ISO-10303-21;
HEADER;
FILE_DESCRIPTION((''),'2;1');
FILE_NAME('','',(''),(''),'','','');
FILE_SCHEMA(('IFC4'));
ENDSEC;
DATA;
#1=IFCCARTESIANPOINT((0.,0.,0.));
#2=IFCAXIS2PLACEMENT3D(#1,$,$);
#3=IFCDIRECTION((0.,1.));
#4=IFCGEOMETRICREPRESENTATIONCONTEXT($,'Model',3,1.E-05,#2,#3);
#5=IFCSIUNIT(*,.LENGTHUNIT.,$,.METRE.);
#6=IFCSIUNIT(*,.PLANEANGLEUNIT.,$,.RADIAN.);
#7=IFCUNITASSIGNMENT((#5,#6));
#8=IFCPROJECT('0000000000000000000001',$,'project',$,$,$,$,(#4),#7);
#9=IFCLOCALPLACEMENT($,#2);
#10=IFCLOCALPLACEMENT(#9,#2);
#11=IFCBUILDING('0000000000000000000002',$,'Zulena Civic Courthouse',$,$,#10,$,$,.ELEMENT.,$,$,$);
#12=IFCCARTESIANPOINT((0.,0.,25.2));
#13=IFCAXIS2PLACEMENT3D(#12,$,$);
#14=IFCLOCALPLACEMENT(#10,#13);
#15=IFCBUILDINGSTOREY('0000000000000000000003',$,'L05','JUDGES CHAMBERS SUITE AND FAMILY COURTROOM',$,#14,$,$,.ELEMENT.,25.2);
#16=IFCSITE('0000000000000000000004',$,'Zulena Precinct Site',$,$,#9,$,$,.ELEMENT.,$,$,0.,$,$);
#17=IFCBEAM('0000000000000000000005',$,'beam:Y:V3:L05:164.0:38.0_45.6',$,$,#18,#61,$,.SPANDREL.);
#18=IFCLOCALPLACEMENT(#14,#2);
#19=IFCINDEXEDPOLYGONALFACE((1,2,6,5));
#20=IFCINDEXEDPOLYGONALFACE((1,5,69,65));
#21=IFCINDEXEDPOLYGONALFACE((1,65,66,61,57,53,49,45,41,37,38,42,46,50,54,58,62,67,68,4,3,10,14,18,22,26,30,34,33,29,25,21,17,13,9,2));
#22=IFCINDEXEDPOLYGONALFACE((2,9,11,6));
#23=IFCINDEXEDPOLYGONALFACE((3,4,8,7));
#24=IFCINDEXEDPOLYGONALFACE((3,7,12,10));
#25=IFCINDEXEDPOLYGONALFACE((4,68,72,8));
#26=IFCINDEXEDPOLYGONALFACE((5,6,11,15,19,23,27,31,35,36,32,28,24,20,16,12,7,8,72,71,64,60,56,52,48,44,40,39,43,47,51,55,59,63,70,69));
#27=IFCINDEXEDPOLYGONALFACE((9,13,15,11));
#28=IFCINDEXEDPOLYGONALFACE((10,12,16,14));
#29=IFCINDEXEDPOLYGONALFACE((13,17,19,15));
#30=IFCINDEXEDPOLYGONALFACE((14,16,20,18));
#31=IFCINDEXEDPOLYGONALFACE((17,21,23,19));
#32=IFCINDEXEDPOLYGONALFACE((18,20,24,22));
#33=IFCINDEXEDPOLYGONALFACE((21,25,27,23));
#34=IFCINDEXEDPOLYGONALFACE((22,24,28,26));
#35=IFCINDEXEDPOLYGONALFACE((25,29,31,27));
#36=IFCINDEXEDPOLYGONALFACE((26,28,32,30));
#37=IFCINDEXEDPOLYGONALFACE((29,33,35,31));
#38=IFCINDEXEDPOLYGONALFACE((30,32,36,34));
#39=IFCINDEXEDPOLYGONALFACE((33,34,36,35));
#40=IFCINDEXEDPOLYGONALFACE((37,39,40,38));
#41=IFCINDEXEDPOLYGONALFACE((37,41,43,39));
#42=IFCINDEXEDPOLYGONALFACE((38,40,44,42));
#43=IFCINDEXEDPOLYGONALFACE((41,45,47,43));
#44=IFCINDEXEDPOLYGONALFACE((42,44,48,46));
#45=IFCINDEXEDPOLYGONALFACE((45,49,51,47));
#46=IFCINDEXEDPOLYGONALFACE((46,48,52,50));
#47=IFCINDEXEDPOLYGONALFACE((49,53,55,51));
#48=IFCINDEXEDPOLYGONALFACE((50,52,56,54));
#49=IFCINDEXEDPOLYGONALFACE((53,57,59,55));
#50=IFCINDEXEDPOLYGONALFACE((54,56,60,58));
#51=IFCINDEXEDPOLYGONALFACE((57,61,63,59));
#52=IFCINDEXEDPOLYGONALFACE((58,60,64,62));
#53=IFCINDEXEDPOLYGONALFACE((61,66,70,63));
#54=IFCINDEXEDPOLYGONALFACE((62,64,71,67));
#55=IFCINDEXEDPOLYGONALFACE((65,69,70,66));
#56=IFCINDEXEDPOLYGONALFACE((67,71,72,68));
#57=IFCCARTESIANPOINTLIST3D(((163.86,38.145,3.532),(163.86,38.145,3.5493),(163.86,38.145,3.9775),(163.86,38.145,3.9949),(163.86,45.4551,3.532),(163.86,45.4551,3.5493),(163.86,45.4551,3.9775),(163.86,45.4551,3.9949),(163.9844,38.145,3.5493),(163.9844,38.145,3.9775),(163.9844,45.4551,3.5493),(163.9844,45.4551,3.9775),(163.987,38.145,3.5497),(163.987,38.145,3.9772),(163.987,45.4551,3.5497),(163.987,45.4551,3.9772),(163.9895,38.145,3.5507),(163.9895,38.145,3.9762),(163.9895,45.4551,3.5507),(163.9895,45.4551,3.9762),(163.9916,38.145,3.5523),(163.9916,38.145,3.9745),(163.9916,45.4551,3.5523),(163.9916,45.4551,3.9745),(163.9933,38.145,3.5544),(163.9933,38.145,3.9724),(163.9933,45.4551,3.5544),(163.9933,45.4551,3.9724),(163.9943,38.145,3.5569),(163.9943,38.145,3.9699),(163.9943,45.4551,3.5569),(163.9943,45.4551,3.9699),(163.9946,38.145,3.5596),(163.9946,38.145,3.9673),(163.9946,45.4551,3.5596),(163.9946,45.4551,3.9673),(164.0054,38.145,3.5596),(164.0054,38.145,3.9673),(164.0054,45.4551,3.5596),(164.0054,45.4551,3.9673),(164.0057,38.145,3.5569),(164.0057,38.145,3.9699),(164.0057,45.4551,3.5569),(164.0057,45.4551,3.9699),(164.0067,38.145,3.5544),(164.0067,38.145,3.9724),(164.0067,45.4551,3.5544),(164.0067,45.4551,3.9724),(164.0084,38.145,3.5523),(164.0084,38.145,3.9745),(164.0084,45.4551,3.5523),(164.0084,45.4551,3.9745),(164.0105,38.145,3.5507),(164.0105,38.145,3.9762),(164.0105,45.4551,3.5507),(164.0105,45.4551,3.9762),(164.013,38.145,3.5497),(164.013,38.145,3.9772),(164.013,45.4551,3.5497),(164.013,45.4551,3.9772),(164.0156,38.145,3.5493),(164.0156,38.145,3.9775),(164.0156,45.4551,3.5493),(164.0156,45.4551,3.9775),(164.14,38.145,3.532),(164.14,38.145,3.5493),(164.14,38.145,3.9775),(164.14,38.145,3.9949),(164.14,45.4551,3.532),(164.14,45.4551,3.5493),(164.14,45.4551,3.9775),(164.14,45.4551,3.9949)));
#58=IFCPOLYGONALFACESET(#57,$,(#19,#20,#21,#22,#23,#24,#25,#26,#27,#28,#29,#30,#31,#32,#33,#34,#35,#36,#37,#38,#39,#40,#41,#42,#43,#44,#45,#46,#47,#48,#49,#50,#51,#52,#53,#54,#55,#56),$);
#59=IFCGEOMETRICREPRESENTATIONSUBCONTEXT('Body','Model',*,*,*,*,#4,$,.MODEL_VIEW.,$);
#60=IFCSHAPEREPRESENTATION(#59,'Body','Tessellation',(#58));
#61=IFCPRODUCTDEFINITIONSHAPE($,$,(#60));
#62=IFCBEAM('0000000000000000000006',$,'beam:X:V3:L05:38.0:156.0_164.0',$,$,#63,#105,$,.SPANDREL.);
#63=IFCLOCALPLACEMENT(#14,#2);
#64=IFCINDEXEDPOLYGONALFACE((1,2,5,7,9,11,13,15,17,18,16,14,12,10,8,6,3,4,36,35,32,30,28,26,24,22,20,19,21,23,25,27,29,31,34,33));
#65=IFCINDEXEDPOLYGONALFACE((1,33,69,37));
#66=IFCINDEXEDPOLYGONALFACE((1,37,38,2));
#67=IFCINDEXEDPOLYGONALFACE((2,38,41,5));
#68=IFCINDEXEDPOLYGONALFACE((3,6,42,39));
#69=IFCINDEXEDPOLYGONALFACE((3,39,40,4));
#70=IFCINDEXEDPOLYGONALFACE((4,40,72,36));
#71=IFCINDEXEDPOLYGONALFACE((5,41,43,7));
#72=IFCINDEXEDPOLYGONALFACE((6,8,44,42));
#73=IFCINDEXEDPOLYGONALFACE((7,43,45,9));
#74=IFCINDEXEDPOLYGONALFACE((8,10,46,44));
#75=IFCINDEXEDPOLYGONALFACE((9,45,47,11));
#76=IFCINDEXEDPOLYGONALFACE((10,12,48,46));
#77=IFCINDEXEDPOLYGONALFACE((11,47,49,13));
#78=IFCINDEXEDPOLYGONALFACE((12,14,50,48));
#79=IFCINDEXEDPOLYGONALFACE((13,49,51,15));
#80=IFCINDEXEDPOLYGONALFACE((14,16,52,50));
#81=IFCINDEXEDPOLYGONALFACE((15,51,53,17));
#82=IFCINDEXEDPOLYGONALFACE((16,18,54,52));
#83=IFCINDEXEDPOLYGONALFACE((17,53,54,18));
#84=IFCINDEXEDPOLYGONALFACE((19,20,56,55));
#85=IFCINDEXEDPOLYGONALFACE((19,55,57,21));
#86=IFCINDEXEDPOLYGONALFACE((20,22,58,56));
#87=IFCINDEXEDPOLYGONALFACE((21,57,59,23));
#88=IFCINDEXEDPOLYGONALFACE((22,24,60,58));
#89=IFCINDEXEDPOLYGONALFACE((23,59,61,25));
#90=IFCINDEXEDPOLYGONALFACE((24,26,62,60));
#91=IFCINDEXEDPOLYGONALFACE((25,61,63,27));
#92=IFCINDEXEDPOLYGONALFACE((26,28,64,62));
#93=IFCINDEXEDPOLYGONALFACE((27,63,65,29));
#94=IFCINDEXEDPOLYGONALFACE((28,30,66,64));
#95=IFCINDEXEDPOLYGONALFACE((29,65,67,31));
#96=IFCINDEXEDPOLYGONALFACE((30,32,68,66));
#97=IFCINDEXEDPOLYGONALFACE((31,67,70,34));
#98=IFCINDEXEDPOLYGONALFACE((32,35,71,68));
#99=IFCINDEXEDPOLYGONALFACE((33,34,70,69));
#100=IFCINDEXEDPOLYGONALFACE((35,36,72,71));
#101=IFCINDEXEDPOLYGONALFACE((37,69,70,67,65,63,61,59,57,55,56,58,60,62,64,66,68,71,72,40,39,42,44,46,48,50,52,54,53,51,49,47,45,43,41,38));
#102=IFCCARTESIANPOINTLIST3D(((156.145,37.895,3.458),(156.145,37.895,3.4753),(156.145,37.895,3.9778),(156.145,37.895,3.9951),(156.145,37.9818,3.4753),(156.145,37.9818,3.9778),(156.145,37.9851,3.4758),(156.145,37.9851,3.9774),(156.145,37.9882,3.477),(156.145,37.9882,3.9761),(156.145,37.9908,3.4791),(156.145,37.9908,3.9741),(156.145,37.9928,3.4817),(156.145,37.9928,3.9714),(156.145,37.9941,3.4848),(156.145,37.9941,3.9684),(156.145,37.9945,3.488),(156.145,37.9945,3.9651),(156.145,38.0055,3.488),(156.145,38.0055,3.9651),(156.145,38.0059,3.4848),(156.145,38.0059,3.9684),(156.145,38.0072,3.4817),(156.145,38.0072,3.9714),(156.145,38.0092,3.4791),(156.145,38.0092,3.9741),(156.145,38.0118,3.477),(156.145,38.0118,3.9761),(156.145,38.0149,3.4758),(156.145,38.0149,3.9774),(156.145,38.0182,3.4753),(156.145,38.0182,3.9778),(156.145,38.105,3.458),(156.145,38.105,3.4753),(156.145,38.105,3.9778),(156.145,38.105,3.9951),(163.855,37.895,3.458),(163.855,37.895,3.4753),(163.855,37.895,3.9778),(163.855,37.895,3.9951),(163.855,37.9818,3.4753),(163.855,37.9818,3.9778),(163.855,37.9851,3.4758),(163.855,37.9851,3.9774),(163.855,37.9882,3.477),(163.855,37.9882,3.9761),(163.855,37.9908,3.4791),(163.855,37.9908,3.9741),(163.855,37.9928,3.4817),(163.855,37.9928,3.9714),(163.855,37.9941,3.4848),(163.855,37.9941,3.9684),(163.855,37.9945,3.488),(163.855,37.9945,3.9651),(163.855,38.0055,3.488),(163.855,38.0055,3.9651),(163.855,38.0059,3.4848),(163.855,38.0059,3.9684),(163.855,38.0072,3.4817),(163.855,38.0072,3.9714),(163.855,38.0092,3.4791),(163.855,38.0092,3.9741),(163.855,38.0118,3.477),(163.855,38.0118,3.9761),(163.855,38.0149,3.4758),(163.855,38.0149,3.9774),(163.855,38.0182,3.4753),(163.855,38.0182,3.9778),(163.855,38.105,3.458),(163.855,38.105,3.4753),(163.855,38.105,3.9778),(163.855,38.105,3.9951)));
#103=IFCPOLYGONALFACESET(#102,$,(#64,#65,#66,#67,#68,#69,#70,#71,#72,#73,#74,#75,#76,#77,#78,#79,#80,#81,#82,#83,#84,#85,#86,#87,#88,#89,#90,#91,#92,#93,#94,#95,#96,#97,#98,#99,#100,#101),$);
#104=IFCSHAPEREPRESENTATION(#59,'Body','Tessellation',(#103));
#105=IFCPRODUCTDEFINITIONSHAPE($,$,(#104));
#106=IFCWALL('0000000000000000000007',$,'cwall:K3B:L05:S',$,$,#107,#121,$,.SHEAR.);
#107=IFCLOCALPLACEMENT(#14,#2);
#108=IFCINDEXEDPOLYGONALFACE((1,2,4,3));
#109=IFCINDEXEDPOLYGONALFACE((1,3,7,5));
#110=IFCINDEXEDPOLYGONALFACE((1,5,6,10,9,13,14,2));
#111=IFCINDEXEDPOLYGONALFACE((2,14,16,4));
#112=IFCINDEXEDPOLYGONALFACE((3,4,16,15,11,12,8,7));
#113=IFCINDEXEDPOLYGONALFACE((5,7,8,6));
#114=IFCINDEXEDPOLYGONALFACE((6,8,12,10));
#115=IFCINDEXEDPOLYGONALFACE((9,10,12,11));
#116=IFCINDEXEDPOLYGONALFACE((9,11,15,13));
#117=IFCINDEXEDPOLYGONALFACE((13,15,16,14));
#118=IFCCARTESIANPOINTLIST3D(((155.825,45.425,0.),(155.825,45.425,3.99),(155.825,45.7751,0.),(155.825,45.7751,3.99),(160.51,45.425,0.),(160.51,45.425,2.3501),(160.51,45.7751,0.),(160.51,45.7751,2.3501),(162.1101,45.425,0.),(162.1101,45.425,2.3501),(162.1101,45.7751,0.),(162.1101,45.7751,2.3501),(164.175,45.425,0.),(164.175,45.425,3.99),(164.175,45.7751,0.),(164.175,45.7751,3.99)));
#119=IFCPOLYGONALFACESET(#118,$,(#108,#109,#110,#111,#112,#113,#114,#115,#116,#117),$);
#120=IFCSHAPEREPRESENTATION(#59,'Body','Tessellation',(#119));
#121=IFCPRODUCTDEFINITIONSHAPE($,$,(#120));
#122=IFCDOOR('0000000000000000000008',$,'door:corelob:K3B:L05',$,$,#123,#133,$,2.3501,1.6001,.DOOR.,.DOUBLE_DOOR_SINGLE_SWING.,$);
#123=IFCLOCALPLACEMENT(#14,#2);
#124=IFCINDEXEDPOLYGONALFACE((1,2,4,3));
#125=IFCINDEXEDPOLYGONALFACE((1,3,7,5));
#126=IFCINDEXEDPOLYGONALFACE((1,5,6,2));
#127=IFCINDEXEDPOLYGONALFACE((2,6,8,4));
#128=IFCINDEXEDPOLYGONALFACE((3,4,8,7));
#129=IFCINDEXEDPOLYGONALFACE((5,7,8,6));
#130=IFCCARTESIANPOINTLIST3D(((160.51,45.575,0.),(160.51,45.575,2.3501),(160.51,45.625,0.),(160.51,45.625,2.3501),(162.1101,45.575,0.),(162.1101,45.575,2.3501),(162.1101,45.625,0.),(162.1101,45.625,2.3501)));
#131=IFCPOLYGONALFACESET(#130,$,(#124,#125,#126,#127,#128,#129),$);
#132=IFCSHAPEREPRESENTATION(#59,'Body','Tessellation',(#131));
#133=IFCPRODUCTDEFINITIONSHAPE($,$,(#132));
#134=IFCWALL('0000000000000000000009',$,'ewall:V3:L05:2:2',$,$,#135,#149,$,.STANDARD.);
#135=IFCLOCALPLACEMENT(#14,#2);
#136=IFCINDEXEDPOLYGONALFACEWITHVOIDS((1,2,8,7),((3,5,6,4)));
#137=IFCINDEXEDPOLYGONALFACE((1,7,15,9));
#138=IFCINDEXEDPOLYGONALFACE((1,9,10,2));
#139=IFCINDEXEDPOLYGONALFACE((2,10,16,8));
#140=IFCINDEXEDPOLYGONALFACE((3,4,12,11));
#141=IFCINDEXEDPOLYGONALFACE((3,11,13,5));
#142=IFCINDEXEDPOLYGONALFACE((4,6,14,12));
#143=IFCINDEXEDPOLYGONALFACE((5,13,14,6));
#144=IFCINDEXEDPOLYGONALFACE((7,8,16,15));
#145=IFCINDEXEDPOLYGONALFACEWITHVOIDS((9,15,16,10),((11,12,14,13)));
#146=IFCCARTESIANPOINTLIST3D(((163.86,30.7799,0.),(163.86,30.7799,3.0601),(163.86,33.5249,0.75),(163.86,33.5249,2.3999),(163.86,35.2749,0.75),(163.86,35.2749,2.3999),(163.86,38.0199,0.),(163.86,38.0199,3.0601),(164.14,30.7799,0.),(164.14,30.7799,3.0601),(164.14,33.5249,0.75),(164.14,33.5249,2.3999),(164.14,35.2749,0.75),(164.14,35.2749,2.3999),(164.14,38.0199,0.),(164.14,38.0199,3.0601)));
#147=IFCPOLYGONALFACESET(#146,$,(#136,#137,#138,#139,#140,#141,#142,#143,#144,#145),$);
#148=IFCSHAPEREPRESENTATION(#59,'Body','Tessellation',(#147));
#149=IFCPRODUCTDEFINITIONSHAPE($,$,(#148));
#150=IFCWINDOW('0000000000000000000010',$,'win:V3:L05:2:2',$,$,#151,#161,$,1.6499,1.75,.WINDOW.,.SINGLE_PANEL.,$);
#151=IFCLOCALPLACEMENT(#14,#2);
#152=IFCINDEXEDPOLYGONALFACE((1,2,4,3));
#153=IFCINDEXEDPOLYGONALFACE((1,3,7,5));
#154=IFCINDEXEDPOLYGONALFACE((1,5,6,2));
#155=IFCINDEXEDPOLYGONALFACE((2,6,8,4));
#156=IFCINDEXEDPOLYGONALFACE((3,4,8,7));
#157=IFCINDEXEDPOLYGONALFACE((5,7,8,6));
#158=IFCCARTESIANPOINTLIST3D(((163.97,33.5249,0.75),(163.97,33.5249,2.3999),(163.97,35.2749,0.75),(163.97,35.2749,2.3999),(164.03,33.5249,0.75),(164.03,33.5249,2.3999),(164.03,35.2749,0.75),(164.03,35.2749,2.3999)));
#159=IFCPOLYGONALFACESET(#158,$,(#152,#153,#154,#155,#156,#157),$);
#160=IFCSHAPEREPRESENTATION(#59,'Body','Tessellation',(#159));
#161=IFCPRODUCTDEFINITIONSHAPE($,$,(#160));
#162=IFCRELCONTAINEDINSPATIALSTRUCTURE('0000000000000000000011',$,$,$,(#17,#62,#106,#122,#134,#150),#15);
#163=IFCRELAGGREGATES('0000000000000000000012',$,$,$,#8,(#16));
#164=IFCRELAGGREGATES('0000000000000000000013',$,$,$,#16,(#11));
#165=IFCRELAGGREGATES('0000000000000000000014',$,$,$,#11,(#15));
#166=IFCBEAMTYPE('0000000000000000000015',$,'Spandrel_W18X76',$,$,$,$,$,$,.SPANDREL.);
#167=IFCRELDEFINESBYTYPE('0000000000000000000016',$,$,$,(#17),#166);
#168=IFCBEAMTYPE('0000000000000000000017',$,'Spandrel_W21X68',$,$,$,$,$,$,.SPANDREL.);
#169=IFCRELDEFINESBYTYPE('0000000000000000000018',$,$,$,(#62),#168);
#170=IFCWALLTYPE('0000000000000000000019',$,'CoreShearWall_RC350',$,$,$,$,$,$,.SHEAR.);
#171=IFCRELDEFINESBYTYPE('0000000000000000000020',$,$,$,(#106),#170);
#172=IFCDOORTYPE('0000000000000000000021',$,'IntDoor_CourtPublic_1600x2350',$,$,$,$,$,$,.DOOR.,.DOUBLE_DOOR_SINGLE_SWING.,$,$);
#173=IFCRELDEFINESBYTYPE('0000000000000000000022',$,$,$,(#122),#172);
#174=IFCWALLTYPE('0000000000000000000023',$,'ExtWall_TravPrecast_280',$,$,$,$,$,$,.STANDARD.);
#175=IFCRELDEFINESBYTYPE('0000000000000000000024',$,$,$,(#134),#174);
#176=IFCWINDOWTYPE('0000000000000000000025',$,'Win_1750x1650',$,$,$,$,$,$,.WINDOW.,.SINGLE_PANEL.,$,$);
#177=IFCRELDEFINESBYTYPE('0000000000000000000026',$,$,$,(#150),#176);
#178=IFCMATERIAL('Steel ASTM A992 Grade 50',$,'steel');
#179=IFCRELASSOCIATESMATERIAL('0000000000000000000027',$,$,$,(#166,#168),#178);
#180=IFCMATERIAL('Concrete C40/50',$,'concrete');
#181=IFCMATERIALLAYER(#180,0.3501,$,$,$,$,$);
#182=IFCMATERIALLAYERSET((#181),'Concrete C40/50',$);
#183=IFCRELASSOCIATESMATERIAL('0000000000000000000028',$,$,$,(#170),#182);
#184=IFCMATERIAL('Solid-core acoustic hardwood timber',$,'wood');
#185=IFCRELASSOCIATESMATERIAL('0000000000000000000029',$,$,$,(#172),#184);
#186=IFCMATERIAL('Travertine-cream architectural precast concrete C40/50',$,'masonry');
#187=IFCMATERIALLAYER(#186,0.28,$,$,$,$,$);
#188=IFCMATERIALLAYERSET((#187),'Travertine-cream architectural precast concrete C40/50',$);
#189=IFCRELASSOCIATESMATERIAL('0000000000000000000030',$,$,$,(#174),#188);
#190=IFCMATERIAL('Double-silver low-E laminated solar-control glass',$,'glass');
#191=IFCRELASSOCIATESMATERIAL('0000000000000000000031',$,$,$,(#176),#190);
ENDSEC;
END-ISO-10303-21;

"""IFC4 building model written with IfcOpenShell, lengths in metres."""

from ifc_helpers import new_model, si_unit, direction, frame, frame_2d, origin, origin_2d, place, context, subcontext, project, spatial, rectangle, i_section, extrude, material, layer, layer_set, material_profile, profile_set, type_object, element, fill, save


model = new_model("IFC4")

# Units and contexts
model_context = context("Model", 3, precision=1e-05, world=origin(), true_north=direction((0.0, 1.0)))
body_context = subcontext(model_context, "Body", "Model", "MODEL_VIEW")
ifc_project = project(units=[si_unit("LENGTHUNIT", "METRE"), si_unit("PLANEANGLEUNIT", "RADIAN")], contexts=[model_context])

# Site, building, storey
site_placement = place(None, origin())
site = spatial("IfcSite", under=ifc_project, at=site_placement, Name="Zulena Precinct Site", CompositionType="ELEMENT", RefElevation=0.0)
building_placement = place(site_placement, origin())
building = spatial("IfcBuilding", under=site, at=building_placement, Name="Zulena Civic Courthouse", CompositionType="ELEMENT")
storey_placement = place(building_placement, frame((0.0, 0.0, 25.2)))
storey = spatial("IfcBuildingStorey", under=building, at=storey_placement, Name="L05", Description="JUDGES CHAMBERS SUITE AND FAMILY COURTROOM", CompositionType="ELEMENT", Elevation=25.2)

# Shared definitions
ifc_material_1 = material(Name="Steel ASTM A992 Grade 50", Category="steel")

# Beams
ifc_material_profile_1 = material_profile(ifc_material_1, i_section(OverallWidth=0.28, OverallDepth=0.4629, WebThickness=0.0107, FlangeThickness=0.0173, FilletRadius=0.0103, at=origin_2d()), Name="W18X76")
ifc_profile_set_1 = profile_set([ifc_material_profile_1], Name="Steel ASTM A992 Grade 50")
beam_type_1 = type_object("IfcBeamType", Name="Spandrel_W18X76", PredefinedType="SPANDREL", material=ifc_profile_set_1)
beam_1_placement = place(storey_placement, frame((164.0, 38.145, 3.7634), z_axis=(0.0, 1.0, 0.0), x_axis=(-1.0, 0.0, 0.0)))
element("IfcBeam", 1, at=beam_1_placement, inside=storey, type_object=beam_type_1, Name="beam:Y:V3:L05:164.0:38.0_45.6", PredefinedType="SPANDREL", context=body_context, shape_type="SweptSolid", body=[
    extrude(i_section(OverallWidth=0.28, OverallDepth=0.4629, WebThickness=0.0107, FlangeThickness=0.0173, FilletRadius=0.0103, at=origin_2d()), origin(), (0.0, 0.0, 1.0), 7.3101),
])
ifc_material_profile_2 = material_profile(ifc_material_1, i_section(OverallWidth=0.21, OverallDepth=0.5371, WebThickness=0.011, FlangeThickness=0.0173, FilletRadius=0.0127, at=origin_2d()), Name="W21X68")
ifc_profile_set_2 = profile_set([ifc_material_profile_2], Name="Steel ASTM A992 Grade 50")
beam_type_2 = type_object("IfcBeamType", Name="Spandrel_W21X68", PredefinedType="SPANDREL", material=ifc_profile_set_2)
beam_2_placement = place(storey_placement, frame((156.145, 38.0, 3.7266), z_axis=(1.0, 0.0, 0.0), x_axis=(0.0, 1.0, 0.0)))
element("IfcBeam", 2, at=beam_2_placement, inside=storey, type_object=beam_type_2, Name="beam:X:V3:L05:38.0:156.0_164.0", PredefinedType="SPANDREL", context=body_context, shape_type="SweptSolid", body=[
    extrude(i_section(OverallWidth=0.21, OverallDepth=0.5371, WebThickness=0.011, FlangeThickness=0.0173, FilletRadius=0.0127, at=origin_2d()), origin(), (0.0, 0.0, 1.0), 7.71),
])

# Wall, opening, door
ifc_material_2 = material(Name="Concrete C40/50", Category="concrete")
ifc_layer_1 = layer(ifc_material_2, 0.3501)
ifc_layer_set_1 = layer_set([ifc_layer_1], Name="Concrete C40/50")
wall_type_1 = type_object("IfcWallType", Name="CoreShearWall_RC350", PredefinedType="SHEAR", material=ifc_layer_set_1)
wall_1_placement = place(storey_placement, frame((155.825, 45.6001, 0.0), z_axis=(0.0, 0.0, 1.0), x_axis=(1.0, 0.0, 0.0)))
wall_1 = element("IfcWall", 3, at=wall_1_placement, inside=storey, type_object=wall_type_1, Name="cwall:K3B:L05:S", PredefinedType="SHEAR", context=body_context, shape_type="SweptSolid", body=[
    extrude(rectangle(XDim=8.3501, YDim=0.3501, at=frame_2d((4.175, 0.0))), origin(), (0.0, 0.0, 1.0), 3.99),
])
opening_1_placement = place(wall_1_placement, frame((4.6851, 0.0, 0.0)))
opening_1 = element("IfcOpeningElement", 4, at=opening_1_placement, cuts=wall_1, PredefinedType="OPENING", context=body_context, shape_type="SweptSolid", body=[
    extrude(rectangle(XDim=1.6001, YDim=2.3501, at=frame_2d((0.8, 1.175))), frame((0.0, 0.1851, 0.0), z_axis=(0.0, -1.0, 0.0), x_axis=(1.0, 0.0, 0.0)), (0.0, 0.0, 1.0), 0.3701),
])
ifc_material_3 = material(Name="Solid-core acoustic hardwood timber", Category="wood")
door_type_1 = type_object("IfcDoorType", Name="IntDoor_CourtPublic_1600x2350", OperationType="DOUBLE_DOOR_SINGLE_SWING", PredefinedType="DOOR", material=ifc_material_3)
door_1_placement = place(opening_1_placement, origin())
door_1 = element("IfcDoor", 5, at=door_1_placement, inside=storey, type_object=door_type_1, Name="door:corelob:K3B:L05", OperationType="DOUBLE_DOOR_SINGLE_SWING", OverallHeight=2.3501, OverallWidth=1.6001, PredefinedType="DOOR", context=body_context, shape_type="SweptSolid", body=[
    extrude(rectangle(XDim=1.6001, YDim=2.3501, at=frame_2d((0.8, 1.175))), frame((0.0, 0.0249, 0.0), z_axis=(0.0, -1.0, 0.0), x_axis=(1.0, 0.0, 0.0)), (0.0, 0.0, 1.0), 0.05),
])
fill(opening_1, door_1)

# Wall, opening, window
ifc_material_4 = material(Name="Travertine-cream architectural precast concrete C40/50", Category="masonry")
ifc_layer_2 = layer(ifc_material_4, 0.28)
ifc_layer_set_2 = layer_set([ifc_layer_2], Name="Travertine-cream architectural precast concrete C40/50")
wall_type_2 = type_object("IfcWallType", Name="ExtWall_TravPrecast_280", PredefinedType="STANDARD", material=ifc_layer_set_2)
wall_2_placement = place(storey_placement, frame((164.0, 38.02, 0.0), z_axis=(0.0, 0.0, 1.0), x_axis=(0.0, -1.0, 0.0)))
wall_2 = element("IfcWall", 6, at=wall_2_placement, inside=storey, type_object=wall_type_2, Name="ewall:V3:L05:2:2", PredefinedType="STANDARD", context=body_context, shape_type="SweptSolid", body=[
    extrude(rectangle(XDim=7.24, YDim=0.28, at=frame_2d((3.6201, 0.0))), origin(), (0.0, 0.0, 1.0), 3.0601),
])
opening_2_placement = place(wall_2_placement, frame((2.7451, 0.0, 0.75)))
opening_2 = element("IfcOpeningElement", 7, at=opening_2_placement, cuts=wall_2, PredefinedType="OPENING", context=body_context, shape_type="SweptSolid", body=[
    extrude(rectangle(XDim=1.75, YDim=1.6499, at=frame_2d((0.875, 0.825))), frame((0.0, 0.1499, 0.0), z_axis=(0.0, -1.0, 0.0), x_axis=(1.0, 0.0, 0.0)), (0.0, 0.0, 1.0), 0.3),
])
ifc_material_5 = material(Name="Double-silver low-E laminated solar-control glass", Category="glass")
window_type = type_object("IfcWindowType", Name="Win_1750x1650", PartitioningType="SINGLE_PANEL", PredefinedType="WINDOW", material=ifc_material_5)
window_placement = place(opening_2_placement, origin())
window = element("IfcWindow", 8, at=window_placement, inside=storey, type_object=window_type, Name="win:V3:L05:2:2", OverallHeight=1.6499, OverallWidth=1.75, PartitioningType="SINGLE_PANEL", PredefinedType="WINDOW", context=body_context, shape_type="SweptSolid", body=[
    extrude(rectangle(XDim=1.75, YDim=1.6499, at=frame_2d((0.875, 0.825))), frame((0.0, 0.03, 0.0), z_axis=(0.0, -1.0, 0.0), x_axis=(1.0, 0.0, 0.0)), (0.0, 0.0, 1.0), 0.0601),
])
fill(opening_2, window)

save(model, "model.ifc")
